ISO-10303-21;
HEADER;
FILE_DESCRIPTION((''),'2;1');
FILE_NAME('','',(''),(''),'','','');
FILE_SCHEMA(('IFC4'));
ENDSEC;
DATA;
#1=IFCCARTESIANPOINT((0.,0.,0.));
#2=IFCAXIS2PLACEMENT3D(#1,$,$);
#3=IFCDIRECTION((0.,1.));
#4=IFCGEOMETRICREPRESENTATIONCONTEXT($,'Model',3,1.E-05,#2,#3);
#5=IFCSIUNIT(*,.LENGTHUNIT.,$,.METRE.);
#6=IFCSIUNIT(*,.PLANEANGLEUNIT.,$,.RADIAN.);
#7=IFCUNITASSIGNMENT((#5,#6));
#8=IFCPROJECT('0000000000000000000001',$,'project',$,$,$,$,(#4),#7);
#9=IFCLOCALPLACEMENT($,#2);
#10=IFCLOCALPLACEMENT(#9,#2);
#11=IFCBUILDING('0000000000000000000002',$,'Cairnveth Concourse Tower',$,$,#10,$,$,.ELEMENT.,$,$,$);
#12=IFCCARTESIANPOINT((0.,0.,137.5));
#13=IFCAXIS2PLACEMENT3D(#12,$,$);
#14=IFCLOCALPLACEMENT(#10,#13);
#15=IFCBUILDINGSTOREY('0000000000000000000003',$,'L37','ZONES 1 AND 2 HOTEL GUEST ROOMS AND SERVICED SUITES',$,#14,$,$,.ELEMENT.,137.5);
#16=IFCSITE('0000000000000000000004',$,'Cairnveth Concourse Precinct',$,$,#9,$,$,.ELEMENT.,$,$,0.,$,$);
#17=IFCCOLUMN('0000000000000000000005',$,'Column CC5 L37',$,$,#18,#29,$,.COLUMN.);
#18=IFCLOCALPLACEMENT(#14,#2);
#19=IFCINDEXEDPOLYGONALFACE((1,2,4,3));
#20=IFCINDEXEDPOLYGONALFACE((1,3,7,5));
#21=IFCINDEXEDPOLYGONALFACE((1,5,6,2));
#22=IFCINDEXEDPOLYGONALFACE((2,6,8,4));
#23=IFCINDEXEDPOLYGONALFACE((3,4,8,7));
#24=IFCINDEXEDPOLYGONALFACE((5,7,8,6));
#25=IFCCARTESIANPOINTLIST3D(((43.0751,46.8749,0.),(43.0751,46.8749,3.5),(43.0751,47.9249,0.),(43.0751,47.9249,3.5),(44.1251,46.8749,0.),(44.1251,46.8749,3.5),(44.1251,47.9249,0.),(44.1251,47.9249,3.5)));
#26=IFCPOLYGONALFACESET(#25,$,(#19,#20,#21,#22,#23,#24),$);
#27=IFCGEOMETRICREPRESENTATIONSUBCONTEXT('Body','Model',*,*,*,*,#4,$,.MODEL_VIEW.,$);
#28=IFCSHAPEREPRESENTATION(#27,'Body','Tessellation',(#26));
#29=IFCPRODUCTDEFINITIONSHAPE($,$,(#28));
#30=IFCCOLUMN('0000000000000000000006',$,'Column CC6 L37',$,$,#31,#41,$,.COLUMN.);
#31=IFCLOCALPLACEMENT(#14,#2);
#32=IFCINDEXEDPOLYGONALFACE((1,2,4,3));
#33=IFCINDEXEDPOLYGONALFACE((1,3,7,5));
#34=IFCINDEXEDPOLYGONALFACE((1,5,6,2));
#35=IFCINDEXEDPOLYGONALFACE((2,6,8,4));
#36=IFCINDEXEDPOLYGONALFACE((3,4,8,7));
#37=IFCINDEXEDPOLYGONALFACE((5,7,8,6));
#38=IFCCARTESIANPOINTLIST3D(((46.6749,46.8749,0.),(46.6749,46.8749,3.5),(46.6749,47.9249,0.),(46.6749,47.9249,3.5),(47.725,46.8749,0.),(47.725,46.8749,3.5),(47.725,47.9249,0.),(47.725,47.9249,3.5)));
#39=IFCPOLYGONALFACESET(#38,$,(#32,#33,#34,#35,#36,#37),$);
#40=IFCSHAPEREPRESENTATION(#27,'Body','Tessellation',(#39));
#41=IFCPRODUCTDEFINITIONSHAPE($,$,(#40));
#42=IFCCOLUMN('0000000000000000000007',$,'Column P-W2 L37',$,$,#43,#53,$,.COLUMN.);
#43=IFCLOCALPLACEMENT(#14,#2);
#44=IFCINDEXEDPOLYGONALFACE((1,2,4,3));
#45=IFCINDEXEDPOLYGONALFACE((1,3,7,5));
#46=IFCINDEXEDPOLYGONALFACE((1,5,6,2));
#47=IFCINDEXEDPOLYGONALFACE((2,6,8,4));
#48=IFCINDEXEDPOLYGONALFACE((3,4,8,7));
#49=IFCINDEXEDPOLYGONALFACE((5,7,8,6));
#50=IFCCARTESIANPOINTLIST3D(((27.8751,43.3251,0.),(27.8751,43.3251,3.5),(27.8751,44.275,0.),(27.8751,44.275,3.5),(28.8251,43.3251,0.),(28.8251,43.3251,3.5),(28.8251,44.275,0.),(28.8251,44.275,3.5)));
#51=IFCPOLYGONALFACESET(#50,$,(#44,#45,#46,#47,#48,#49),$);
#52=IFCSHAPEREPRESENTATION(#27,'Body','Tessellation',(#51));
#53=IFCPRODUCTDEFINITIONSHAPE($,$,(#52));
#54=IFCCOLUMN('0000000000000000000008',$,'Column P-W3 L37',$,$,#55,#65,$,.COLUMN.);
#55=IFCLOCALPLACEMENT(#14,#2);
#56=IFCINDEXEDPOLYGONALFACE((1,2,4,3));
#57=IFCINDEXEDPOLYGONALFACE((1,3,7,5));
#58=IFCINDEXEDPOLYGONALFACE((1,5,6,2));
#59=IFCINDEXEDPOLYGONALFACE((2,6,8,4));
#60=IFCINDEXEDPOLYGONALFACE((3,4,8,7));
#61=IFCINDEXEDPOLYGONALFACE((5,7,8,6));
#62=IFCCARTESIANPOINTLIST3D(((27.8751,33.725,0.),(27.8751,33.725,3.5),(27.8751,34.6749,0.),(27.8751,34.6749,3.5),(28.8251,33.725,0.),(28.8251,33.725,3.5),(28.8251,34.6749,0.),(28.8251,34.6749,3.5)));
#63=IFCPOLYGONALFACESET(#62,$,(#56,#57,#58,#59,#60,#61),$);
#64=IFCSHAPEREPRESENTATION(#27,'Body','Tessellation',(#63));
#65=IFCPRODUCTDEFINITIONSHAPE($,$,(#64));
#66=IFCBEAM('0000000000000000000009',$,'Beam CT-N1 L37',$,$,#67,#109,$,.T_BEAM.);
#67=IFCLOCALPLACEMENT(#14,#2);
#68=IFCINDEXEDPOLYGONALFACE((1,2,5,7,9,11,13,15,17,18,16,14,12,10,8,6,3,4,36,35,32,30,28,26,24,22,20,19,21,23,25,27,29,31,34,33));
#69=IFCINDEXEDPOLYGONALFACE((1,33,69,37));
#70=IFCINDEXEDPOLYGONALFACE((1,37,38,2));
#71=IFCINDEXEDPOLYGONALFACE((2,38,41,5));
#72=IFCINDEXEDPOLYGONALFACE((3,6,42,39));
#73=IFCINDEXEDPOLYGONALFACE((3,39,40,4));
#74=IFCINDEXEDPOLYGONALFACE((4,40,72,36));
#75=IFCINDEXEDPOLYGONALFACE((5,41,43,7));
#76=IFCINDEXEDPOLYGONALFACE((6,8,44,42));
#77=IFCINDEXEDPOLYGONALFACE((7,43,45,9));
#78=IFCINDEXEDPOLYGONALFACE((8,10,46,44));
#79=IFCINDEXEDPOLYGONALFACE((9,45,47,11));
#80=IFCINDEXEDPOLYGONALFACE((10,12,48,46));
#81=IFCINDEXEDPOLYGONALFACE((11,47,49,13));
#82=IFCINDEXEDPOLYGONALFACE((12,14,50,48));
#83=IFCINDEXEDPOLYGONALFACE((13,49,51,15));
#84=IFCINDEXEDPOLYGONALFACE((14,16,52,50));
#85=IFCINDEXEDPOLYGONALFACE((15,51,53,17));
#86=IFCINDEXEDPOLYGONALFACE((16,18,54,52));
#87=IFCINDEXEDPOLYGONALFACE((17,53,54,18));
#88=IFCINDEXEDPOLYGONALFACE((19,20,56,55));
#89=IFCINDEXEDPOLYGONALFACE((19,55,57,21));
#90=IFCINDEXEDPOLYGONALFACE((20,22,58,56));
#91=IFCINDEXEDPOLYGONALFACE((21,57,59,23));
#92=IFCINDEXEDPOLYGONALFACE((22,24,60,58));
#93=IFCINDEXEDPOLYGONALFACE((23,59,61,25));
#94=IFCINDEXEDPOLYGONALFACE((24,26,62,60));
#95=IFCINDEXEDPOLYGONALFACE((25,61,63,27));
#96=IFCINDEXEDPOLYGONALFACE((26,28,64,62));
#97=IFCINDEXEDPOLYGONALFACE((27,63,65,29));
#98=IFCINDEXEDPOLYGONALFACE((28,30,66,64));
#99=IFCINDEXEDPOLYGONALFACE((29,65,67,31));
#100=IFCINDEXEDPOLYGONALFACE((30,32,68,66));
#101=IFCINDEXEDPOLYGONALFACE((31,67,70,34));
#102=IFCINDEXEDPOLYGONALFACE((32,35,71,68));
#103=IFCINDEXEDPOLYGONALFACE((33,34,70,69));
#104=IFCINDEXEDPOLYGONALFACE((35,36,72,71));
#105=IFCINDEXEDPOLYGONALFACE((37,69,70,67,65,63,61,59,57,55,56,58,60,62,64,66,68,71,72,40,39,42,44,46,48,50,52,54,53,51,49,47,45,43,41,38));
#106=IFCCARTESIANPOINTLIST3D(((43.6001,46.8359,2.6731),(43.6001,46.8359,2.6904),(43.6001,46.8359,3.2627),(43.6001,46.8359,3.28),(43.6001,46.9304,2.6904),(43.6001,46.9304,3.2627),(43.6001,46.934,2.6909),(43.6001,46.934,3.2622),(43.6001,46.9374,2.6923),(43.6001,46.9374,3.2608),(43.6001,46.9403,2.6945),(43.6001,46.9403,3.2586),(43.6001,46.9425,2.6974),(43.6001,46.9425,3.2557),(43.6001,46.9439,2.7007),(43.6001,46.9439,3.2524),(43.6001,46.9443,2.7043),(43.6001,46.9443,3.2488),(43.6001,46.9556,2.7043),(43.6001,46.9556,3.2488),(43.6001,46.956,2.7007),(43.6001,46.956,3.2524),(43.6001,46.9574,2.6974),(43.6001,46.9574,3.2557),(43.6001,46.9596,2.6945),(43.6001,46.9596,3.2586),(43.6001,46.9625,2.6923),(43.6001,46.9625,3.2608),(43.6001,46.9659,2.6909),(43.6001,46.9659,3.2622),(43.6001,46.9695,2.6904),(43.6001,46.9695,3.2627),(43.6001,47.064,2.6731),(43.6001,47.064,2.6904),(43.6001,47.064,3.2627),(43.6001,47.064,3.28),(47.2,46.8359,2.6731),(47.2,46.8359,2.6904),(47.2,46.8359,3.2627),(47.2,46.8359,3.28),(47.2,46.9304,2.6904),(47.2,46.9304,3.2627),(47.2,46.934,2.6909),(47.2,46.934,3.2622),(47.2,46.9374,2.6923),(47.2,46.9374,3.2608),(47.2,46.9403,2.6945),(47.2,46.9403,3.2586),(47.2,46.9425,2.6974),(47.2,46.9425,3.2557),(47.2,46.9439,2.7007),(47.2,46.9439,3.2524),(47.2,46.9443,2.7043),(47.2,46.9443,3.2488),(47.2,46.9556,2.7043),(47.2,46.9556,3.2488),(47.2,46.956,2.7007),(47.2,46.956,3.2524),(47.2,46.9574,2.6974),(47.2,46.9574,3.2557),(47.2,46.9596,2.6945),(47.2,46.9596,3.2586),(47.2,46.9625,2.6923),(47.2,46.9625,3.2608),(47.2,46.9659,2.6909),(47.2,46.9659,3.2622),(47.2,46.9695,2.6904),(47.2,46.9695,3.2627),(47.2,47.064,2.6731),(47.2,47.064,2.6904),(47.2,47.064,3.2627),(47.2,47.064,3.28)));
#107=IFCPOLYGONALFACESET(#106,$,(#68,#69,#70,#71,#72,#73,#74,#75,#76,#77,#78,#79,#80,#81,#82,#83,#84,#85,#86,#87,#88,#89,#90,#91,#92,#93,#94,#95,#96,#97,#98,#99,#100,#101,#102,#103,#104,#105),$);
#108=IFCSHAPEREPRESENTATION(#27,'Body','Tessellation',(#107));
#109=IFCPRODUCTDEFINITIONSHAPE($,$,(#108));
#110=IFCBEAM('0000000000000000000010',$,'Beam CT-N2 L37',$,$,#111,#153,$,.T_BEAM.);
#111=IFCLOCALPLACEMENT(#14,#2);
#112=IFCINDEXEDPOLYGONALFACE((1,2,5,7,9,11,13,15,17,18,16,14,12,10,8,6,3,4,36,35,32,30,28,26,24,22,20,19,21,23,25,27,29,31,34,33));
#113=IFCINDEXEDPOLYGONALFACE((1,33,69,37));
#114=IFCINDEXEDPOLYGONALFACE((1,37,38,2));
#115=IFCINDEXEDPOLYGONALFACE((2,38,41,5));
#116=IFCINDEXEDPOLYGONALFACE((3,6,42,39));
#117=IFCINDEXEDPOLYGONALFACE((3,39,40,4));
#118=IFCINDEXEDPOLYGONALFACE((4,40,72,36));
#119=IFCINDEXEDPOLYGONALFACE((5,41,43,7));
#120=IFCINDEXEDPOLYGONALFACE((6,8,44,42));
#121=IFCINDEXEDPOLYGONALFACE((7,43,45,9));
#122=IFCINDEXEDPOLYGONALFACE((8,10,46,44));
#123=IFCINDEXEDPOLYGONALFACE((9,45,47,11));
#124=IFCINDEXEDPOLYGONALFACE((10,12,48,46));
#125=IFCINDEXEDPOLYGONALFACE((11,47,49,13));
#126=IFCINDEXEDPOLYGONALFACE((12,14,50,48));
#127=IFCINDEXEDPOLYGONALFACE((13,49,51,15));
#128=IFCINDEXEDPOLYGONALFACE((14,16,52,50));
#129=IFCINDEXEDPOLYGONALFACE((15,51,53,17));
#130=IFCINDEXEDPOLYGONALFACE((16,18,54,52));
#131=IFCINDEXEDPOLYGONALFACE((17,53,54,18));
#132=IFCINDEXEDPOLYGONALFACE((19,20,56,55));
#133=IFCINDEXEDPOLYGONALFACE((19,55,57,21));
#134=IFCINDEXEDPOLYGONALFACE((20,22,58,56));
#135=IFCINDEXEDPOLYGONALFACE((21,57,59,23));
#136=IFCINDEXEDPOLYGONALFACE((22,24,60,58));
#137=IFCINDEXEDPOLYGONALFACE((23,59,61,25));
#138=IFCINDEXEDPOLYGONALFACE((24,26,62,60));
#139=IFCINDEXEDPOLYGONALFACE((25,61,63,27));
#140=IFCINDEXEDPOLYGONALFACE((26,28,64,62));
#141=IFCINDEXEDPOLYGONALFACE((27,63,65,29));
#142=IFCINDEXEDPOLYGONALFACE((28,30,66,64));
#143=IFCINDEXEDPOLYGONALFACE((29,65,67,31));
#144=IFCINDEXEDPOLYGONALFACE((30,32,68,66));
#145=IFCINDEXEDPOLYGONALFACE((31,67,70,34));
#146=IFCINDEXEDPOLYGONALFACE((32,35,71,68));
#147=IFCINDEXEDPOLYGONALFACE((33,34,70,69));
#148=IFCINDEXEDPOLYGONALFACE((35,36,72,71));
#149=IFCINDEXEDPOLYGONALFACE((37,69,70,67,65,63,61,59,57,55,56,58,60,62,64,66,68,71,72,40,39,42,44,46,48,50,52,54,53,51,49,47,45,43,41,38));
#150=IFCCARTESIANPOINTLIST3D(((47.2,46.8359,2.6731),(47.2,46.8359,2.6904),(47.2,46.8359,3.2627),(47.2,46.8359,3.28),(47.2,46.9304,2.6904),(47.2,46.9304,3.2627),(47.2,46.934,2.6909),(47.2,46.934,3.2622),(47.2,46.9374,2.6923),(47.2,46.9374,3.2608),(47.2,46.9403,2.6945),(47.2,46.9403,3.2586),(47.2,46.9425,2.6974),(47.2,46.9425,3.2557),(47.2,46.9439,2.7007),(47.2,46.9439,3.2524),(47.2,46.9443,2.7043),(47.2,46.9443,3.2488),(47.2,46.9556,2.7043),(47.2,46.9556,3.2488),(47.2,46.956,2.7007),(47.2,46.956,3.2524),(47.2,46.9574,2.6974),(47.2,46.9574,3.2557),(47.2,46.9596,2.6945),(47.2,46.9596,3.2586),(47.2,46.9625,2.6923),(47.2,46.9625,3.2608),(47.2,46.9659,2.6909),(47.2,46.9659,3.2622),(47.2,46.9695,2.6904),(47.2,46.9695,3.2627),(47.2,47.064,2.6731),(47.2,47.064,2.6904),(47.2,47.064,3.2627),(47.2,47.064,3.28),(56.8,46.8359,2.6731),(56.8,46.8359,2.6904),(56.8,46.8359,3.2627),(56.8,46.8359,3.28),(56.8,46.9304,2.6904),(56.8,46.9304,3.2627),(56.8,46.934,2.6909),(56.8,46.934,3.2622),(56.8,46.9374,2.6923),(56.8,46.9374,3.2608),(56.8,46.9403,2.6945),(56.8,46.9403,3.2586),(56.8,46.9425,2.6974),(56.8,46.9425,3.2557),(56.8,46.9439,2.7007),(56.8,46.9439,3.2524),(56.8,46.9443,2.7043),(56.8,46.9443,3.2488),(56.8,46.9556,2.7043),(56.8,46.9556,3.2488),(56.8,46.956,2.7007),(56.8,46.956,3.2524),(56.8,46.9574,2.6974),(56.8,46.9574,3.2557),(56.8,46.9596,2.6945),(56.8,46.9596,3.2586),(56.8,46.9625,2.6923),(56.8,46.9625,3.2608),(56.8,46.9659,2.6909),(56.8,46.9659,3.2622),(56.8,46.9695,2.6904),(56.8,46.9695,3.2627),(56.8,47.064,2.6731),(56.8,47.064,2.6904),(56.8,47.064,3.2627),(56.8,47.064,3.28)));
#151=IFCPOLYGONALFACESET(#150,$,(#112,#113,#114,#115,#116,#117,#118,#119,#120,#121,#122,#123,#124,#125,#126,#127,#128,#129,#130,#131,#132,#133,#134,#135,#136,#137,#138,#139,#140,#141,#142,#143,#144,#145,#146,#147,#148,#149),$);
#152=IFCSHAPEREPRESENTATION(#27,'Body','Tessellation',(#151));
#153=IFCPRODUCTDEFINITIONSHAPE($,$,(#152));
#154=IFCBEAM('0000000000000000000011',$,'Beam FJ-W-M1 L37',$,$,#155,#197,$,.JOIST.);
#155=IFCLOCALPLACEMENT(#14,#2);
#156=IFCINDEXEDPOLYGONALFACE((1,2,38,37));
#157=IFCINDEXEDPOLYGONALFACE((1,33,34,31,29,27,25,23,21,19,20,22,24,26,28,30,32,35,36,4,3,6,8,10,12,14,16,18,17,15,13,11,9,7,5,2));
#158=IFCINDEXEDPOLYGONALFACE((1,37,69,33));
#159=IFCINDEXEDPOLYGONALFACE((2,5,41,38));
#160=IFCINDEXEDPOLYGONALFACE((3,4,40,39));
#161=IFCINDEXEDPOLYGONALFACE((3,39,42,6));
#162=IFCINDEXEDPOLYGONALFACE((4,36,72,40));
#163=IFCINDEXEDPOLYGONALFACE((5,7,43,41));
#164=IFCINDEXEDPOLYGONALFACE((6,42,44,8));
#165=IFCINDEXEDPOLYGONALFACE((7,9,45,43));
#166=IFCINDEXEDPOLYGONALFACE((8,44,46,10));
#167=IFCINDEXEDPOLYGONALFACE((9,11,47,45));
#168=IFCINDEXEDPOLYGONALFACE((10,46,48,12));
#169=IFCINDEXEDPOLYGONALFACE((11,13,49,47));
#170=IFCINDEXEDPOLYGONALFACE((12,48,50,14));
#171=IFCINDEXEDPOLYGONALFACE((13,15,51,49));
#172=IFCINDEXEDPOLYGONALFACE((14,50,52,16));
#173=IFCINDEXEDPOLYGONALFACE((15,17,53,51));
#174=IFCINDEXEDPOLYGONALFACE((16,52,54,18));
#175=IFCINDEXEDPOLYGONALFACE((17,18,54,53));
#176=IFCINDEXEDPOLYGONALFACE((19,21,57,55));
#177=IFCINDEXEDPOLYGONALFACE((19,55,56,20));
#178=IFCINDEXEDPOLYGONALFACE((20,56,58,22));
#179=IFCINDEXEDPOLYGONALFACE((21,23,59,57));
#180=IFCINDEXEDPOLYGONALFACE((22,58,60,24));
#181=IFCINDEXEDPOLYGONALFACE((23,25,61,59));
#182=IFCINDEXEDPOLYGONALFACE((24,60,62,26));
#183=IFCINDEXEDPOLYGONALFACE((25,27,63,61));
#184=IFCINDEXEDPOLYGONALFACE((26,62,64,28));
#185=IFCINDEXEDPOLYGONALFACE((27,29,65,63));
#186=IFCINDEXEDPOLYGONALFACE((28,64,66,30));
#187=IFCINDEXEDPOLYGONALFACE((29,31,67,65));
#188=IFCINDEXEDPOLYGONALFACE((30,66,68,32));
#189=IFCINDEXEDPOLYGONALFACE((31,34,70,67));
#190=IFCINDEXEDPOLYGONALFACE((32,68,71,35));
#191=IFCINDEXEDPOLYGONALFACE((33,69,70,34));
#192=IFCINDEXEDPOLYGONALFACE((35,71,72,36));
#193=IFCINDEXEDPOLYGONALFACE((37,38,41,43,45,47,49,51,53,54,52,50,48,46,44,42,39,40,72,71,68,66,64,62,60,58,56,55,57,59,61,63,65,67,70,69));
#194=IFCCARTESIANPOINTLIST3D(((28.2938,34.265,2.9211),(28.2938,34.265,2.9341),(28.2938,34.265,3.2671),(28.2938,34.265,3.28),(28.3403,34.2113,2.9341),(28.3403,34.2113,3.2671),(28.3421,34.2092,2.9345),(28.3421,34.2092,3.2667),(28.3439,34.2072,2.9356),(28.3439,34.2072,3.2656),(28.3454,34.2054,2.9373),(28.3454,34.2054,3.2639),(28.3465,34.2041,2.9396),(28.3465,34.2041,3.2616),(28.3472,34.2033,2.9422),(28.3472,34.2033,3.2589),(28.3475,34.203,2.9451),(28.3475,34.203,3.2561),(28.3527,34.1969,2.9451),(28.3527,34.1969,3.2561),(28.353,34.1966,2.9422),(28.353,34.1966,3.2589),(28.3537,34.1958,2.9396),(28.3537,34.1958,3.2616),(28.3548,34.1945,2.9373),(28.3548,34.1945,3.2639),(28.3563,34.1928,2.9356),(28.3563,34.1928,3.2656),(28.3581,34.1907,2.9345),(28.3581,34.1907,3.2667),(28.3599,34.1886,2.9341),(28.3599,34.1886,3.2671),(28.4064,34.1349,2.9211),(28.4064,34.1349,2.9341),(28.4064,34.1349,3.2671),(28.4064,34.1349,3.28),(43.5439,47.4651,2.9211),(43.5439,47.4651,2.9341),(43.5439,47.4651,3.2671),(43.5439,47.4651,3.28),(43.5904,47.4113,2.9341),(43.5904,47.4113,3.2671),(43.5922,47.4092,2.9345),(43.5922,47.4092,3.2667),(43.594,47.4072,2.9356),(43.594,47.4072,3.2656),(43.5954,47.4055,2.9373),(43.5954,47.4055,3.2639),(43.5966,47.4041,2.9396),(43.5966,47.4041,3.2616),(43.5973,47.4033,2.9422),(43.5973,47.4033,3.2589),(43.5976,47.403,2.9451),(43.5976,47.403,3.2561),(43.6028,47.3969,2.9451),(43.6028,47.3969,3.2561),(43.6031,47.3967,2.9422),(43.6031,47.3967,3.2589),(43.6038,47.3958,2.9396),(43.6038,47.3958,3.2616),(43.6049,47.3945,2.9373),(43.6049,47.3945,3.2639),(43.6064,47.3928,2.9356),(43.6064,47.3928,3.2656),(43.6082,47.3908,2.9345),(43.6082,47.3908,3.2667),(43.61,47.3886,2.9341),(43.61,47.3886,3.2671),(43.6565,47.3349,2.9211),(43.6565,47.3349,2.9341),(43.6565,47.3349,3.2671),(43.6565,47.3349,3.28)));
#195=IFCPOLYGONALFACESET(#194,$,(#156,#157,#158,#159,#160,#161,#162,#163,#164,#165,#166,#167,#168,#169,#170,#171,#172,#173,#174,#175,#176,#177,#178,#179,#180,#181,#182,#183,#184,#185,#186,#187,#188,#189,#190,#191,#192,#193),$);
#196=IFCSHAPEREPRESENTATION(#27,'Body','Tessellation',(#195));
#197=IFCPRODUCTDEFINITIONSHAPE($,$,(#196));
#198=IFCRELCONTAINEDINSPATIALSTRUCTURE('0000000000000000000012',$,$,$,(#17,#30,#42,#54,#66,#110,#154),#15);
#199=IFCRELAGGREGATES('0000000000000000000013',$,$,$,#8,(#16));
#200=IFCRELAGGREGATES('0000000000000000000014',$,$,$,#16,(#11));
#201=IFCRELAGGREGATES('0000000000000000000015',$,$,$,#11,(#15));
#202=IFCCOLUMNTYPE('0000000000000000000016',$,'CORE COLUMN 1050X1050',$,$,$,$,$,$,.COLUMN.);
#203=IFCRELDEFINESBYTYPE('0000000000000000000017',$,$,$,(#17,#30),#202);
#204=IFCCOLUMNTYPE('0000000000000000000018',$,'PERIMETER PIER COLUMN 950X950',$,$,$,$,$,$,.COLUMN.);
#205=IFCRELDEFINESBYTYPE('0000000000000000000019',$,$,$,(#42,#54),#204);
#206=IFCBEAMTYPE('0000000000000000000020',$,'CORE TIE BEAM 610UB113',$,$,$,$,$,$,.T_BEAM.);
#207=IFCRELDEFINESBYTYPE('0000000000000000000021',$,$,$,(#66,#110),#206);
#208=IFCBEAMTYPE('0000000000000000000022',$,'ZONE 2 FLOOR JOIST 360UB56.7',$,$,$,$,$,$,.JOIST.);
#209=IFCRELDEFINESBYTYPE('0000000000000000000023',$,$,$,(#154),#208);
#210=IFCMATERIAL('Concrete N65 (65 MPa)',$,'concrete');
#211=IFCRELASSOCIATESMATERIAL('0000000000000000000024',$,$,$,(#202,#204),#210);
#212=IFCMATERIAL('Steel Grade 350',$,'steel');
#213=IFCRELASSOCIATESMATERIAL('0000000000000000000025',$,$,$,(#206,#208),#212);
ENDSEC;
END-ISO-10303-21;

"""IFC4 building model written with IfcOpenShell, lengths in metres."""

from ifc_helpers import new_model, si_unit, direction, frame, origin, origin_2d, place, context, subcontext, project, spatial, rectangle, i_section, extrude, material, material_profile, profile_set, type_object, element, save


model = new_model("IFC4")

# Units and contexts
model_context = context("Model", 3, precision=1e-05, world=origin(), true_north=direction((0.0, 1.0)))
body_context = subcontext(model_context, "Body", "Model", "MODEL_VIEW")
ifc_project = project(units=[si_unit("LENGTHUNIT", "METRE"), si_unit("PLANEANGLEUNIT", "RADIAN")], contexts=[model_context])

# Site, building, storey
site_placement = place(None, origin())
site = spatial("IfcSite", under=ifc_project, at=site_placement, Name="Cairnveth Concourse Precinct", CompositionType="ELEMENT", RefElevation=0.0)
building_placement = place(site_placement, origin())
building = spatial("IfcBuilding", under=site, at=building_placement, Name="Cairnveth Concourse Tower", CompositionType="ELEMENT")
storey_placement = place(building_placement, frame((0.0, 0.0, 137.5)))
storey = spatial("IfcBuildingStorey", under=building, at=storey_placement, Name="L37", Description="ZONES 1 AND 2 HOTEL GUEST ROOMS AND SERVICED SUITES", CompositionType="ELEMENT", Elevation=137.5)

# Columns
ifc_material_1 = material(Name="Concrete N65 (65 MPa)", Category="concrete")
ifc_material_profile_1 = material_profile(ifc_material_1, rectangle(XDim=1.05, YDim=1.05, at=origin_2d()), Name="RC-COL-1050x1050")
ifc_profile_set_1 = profile_set([ifc_material_profile_1], Name="Concrete N65 (65 MPa)")
column_type_1 = type_object("IfcColumnType", Name="CORE COLUMN 1050X1050", PredefinedType="COLUMN", material=ifc_profile_set_1)
for number, where, z_axis, x_axis, name in (
    (1, (43.6001, 47.3999, 0.0), (0.0, 0.0, 1.0), (1.0, 0.0, 0.0), "Column CC5 L37"),
    (2, (47.2, 47.3999, 0.0), (0.0, 0.0, 1.0), (1.0, 0.0, 0.0), "Column CC6 L37"),
):
    element("IfcColumn", number, at=place(storey_placement, frame(where, z_axis=z_axis, x_axis=x_axis)), inside=storey, type_object=column_type_1, Name=name, PredefinedType="COLUMN", context=body_context, shape_type="SweptSolid", body=[
        extrude(rectangle(XDim=1.05, YDim=1.05, at=origin_2d()), origin(), (0.0, 0.0, 1.0), 3.5),
    ])
ifc_material_profile_2 = material_profile(ifc_material_1, rectangle(XDim=0.95, YDim=0.95, at=origin_2d()), Name="RC-COL-950x950")
ifc_profile_set_2 = profile_set([ifc_material_profile_2], Name="Concrete N65 (65 MPa)")
column_type_2 = type_object("IfcColumnType", Name="PERIMETER PIER COLUMN 950X950", PredefinedType="COLUMN", material=ifc_profile_set_2)
for number, where, z_axis, x_axis, name in (
    (3, (28.3501, 43.8, 0.0), (0.0, 0.0, 1.0), (0.0, 1.0, 0.0), "Column P-W2 L37"),
    (4, (28.3501, 34.2, 0.0), (0.0, 0.0, 1.0), (0.0, 1.0, 0.0), "Column P-W3 L37"),
):
    element("IfcColumn", number, at=place(storey_placement, frame(where, z_axis=z_axis, x_axis=x_axis)), inside=storey, type_object=column_type_2, Name=name, PredefinedType="COLUMN", context=body_context, shape_type="SweptSolid", body=[
        extrude(rectangle(XDim=0.95, YDim=0.95, at=origin_2d()), origin(), (0.0, 0.0, 1.0), 3.5),
    ])

# Beams
ifc_material_2 = material(Name="Steel Grade 350", Category="steel")
ifc_material_profile_3 = material_profile(ifc_material_2, i_section(OverallWidth=0.228, OverallDepth=0.6069, WebThickness=0.0112, FlangeThickness=0.0173, FilletRadius=0.0139, at=origin_2d()), Name="610UB113")
ifc_profile_set_3 = profile_set([ifc_material_profile_3], Name="Steel Grade 350")
beam_type_1 = type_object("IfcBeamType", Name="CORE TIE BEAM 610UB113", PredefinedType="T_BEAM", material=ifc_profile_set_3)
beam_1_placement = place(storey_placement, frame((43.6001, 46.95, 2.9766), z_axis=(1.0, 0.0, 0.0), x_axis=(0.0, 1.0, 0.0)))
element("IfcBeam", 5, at=beam_1_placement, inside=storey, type_object=beam_type_1, Name="Beam CT-N1 L37", PredefinedType="T_BEAM", context=body_context, shape_type="SweptSolid", body=[
    extrude(i_section(OverallWidth=0.228, OverallDepth=0.6069, WebThickness=0.0112, FlangeThickness=0.0173, FilletRadius=0.0139, at=origin_2d()), origin(), (0.0, 0.0, 1.0), 3.5999),
])
beam_2_placement = place(storey_placement, frame((47.2, 46.95, 2.9766), z_axis=(1.0, 0.0, 0.0), x_axis=(0.0, 1.0, 0.0)))
element("IfcBeam", 6, at=beam_2_placement, inside=storey, type_object=beam_type_1, Name="Beam CT-N2 L37", PredefinedType="T_BEAM", context=body_context, shape_type="SweptSolid", body=[
    extrude(i_section(OverallWidth=0.228, OverallDepth=0.6069, WebThickness=0.0112, FlangeThickness=0.0173, FilletRadius=0.0139, at=origin_2d()), origin(), (0.0, 0.0, 1.0), 9.6001),
])
ifc_material_profile_4 = material_profile(ifc_material_2, i_section(OverallWidth=0.1721, OverallDepth=0.3589, WebThickness=0.0081, FlangeThickness=0.0129, FilletRadius=0.011, at=origin_2d()), Name="360UB56.7")
ifc_profile_set_4 = profile_set([ifc_material_profile_4], Name="Steel Grade 350")
beam_type_2 = type_object("IfcBeamType", Name="ZONE 2 FLOOR JOIST 360UB56.7", PredefinedType="JOIST", material=ifc_profile_set_4)
beam_3_placement = place(storey_placement, frame((28.3501, 34.2, 3.1006), z_axis=(0.756099, 0.654457, 0.0), x_axis=(-0.654457, 0.756099, 0.0)))
element("IfcBeam", 7, at=beam_3_placement, inside=storey, type_object=beam_type_2, Name="Beam FJ-W-M1 L37", PredefinedType="JOIST", context=body_context, shape_type="SweptSolid", body=[
    extrude(i_section(OverallWidth=0.1721, OverallDepth=0.3589, WebThickness=0.0081, FlangeThickness=0.0129, FilletRadius=0.011, at=origin_2d()), origin(), (0.0, 0.0, 1.0), 20.1694),
])

save(model, "model.ifc")
